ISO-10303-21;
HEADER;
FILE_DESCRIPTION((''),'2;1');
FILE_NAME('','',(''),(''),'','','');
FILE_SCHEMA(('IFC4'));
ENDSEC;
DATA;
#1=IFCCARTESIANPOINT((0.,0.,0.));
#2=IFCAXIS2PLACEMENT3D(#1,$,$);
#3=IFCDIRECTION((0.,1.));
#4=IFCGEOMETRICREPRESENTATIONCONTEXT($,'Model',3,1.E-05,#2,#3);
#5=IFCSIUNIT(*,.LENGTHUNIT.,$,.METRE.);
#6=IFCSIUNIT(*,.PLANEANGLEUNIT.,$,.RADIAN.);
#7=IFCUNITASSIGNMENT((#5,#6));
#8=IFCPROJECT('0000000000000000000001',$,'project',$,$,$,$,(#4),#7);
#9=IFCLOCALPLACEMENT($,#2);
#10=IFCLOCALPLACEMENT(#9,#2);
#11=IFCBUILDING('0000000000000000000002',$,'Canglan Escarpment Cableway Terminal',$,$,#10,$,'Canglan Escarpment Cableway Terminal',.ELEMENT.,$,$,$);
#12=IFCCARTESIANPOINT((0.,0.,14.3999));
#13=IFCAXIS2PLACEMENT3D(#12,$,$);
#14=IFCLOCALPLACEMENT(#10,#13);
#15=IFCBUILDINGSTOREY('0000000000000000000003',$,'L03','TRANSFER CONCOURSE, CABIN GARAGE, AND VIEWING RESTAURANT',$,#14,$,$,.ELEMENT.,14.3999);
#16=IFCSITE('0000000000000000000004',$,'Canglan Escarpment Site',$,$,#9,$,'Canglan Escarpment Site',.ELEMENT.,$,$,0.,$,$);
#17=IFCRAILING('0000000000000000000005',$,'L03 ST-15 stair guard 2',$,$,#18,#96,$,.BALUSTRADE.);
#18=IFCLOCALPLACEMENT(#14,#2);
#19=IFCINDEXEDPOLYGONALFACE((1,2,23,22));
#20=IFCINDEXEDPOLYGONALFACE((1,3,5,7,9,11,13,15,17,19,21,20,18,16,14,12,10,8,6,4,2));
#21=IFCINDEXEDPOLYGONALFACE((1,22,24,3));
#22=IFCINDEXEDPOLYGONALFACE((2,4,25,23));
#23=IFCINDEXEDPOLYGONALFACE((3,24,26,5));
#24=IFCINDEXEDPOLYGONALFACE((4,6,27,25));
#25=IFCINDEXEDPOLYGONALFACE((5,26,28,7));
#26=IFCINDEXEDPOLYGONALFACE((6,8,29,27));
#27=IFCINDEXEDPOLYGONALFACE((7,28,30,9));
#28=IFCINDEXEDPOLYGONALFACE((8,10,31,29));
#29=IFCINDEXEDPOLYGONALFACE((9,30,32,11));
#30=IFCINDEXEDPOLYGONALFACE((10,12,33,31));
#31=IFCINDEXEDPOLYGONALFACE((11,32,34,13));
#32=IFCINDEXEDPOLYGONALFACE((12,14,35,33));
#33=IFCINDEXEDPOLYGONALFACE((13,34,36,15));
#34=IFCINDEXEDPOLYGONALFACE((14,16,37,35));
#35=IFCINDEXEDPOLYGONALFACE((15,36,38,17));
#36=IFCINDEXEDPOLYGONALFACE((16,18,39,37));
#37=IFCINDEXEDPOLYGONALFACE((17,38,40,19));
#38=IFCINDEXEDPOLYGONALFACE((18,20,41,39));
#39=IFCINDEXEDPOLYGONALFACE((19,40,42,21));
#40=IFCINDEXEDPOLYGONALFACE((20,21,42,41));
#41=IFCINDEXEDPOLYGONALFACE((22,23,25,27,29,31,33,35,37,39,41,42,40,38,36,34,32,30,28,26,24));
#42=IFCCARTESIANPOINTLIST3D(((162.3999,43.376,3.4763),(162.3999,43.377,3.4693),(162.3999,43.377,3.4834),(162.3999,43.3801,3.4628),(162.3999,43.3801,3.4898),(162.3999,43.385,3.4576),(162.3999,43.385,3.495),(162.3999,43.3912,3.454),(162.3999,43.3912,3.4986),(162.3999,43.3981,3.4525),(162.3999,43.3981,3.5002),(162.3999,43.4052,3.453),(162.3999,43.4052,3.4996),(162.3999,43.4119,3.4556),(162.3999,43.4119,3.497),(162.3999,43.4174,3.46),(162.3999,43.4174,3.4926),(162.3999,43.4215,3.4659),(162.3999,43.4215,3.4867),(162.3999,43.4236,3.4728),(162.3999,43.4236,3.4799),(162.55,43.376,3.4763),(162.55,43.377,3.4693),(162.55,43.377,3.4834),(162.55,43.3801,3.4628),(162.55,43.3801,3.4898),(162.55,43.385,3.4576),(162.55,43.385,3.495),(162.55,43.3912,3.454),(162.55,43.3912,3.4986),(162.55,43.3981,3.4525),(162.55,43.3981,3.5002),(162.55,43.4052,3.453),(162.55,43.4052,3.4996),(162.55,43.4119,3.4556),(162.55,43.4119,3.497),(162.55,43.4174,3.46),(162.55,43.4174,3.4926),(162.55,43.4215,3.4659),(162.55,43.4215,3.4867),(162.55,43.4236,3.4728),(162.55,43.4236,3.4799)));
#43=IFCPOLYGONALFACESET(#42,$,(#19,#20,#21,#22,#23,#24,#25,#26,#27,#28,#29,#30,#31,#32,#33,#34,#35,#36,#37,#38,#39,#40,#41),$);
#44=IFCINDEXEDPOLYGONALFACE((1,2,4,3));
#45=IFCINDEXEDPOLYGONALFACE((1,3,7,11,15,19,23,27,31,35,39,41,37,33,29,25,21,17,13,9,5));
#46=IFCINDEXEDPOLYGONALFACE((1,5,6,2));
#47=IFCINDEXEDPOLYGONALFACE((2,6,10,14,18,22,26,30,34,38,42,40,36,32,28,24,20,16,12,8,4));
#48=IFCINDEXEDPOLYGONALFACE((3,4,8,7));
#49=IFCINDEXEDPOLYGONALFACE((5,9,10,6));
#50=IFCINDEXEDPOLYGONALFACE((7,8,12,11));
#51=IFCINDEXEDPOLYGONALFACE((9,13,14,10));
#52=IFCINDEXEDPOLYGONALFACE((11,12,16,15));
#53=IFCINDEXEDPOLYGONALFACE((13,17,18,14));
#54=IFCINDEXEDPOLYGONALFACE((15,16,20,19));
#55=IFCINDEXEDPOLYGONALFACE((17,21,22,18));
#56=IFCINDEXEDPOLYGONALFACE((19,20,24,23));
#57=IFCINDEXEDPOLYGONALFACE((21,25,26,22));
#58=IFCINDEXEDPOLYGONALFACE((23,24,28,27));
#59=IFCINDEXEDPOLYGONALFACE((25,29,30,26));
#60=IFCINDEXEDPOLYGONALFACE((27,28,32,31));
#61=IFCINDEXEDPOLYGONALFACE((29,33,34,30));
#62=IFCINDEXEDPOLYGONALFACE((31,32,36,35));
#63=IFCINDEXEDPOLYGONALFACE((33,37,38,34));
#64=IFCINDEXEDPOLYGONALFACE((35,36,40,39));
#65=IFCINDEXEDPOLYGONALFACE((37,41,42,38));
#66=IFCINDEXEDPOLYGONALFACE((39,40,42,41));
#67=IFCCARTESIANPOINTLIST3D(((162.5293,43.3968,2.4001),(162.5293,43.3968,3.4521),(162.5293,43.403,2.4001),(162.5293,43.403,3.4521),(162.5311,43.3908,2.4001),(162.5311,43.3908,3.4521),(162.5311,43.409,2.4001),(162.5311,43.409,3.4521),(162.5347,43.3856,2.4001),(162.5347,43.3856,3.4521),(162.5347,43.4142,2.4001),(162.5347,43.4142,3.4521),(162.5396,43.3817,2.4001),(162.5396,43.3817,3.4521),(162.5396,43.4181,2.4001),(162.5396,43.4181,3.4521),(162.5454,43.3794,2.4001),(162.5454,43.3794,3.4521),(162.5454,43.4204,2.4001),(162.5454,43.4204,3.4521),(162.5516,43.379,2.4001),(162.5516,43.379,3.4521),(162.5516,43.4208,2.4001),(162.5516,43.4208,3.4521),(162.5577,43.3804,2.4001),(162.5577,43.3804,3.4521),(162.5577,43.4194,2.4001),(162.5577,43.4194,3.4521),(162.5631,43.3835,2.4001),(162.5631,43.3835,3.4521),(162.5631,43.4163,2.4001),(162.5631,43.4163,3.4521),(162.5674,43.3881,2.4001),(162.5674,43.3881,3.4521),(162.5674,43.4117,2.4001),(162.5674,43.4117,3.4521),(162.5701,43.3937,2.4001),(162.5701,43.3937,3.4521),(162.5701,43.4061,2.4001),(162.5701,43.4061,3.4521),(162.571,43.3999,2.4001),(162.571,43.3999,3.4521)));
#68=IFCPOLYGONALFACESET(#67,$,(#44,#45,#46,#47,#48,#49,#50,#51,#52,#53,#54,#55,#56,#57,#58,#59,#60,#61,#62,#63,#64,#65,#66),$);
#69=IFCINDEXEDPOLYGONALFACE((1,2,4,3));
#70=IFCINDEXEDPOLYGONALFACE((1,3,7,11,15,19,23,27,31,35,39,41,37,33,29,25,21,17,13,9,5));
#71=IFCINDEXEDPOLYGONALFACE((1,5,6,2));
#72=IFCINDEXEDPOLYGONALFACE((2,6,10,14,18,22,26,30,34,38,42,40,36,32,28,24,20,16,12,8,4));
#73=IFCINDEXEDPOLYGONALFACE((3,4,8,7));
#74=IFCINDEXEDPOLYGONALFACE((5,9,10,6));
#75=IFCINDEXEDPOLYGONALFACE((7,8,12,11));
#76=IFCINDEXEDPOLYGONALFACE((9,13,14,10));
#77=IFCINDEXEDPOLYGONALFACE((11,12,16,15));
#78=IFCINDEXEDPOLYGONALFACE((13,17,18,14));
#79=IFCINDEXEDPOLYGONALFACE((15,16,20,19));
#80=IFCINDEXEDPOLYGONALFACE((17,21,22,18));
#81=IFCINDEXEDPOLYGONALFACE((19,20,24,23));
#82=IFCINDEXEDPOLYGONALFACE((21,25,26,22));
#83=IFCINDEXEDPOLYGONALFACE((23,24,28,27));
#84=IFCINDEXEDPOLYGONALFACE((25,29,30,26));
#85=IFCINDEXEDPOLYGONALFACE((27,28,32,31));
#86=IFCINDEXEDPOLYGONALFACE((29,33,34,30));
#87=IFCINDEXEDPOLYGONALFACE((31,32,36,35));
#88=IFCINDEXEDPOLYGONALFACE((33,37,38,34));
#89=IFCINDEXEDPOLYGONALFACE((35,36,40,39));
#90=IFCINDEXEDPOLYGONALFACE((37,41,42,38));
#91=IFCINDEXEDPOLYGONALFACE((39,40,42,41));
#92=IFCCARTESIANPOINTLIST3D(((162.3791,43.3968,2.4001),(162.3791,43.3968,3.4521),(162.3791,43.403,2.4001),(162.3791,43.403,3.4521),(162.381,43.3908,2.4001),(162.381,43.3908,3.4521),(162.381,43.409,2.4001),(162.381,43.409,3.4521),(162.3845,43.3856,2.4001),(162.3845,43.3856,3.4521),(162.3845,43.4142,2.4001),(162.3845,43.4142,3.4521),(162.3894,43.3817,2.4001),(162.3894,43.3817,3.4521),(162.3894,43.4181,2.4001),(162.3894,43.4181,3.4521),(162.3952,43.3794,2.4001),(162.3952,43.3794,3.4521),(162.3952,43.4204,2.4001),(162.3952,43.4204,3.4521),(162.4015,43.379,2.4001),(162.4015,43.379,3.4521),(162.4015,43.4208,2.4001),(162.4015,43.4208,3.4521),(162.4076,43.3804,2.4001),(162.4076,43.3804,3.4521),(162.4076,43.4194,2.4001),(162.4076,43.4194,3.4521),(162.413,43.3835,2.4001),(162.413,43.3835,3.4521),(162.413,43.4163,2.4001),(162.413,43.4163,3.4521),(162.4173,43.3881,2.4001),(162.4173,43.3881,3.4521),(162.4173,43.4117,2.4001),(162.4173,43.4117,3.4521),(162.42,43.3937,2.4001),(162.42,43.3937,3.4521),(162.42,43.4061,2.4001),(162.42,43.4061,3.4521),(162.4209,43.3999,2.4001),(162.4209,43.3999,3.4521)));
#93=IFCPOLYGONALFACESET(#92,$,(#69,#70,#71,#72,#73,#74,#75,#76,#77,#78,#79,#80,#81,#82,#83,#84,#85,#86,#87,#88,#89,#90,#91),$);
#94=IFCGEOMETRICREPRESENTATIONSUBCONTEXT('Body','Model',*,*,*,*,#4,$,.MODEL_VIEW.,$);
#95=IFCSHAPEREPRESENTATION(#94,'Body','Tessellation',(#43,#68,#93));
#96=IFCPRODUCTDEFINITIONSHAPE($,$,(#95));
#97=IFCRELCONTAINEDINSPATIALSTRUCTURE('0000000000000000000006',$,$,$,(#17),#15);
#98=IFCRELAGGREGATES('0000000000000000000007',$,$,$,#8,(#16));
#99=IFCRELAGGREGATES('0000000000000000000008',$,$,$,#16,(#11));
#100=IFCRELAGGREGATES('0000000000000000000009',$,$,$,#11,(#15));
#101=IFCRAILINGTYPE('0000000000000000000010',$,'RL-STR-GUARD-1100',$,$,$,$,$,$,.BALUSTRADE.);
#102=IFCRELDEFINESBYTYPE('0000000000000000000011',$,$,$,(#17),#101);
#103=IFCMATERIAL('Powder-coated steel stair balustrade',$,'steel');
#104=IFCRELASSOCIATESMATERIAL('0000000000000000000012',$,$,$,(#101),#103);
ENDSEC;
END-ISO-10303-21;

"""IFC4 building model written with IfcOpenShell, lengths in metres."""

from ifc_helpers import new_model, si_unit, direction, frame, origin, origin_2d, place, context, subcontext, project, spatial, circle, extrude, material, type_object, element, save


model = new_model("IFC4")

# Units and contexts
model_context = context("Model", 3, precision=1e-05, world=origin(), true_north=direction((0.0, 1.0)))
body_context = subcontext(model_context, "Body", "Model", "MODEL_VIEW")
ifc_project = project(units=[si_unit("LENGTHUNIT", "METRE"), si_unit("PLANEANGLEUNIT", "RADIAN")], contexts=[model_context])

# Site, building, storey
site_placement = place(None, origin())
site = spatial("IfcSite", under=ifc_project, at=site_placement, Name="Canglan Escarpment Site", LongName="Canglan Escarpment Site", CompositionType="ELEMENT", RefElevation=0.0)
building_placement = place(site_placement, origin())
building = spatial("IfcBuilding", under=site, at=building_placement, Name="Canglan Escarpment Cableway Terminal", LongName="Canglan Escarpment Cableway Terminal", CompositionType="ELEMENT")
storey_placement = place(building_placement, frame((0.0, 0.0, 14.3999)))
storey = spatial("IfcBuildingStorey", under=building, at=storey_placement, Name="L03", Description="TRANSFER CONCOURSE, CABIN GARAGE, AND VIEWING RESTAURANT", CompositionType="ELEMENT", Elevation=14.3999)

# Railing
ifc_material_1 = material(Name="Powder-coated steel stair balustrade", Category="steel")
railing_type_1 = type_object("IfcRailingType", Name="RL-STR-GUARD-1100", PredefinedType="BALUSTRADE", material=ifc_material_1)
railing_1_placement = place(storey_placement, frame((162.55, 43.3999, 2.4001)))
element("IfcRailing", 1, at=railing_1_placement, inside=storey, type_object=railing_type_1, Name="L03 ST-15 stair guard 2", PredefinedType="BALUSTRADE", context=body_context, shape_type="SweptSolid", body=[
    extrude(circle(Radius=0.0239, at=origin_2d()), frame((0.0, 0.0, 1.0762), z_axis=(-1.0, 0.0, 0.0), x_axis=(0.0, -1.0, 0.0)), (0.0, 0.0, 1.0), 0.1501),
    extrude(circle(Radius=0.021, at=origin_2d()), origin(), (0.0, 0.0, 1.0), 1.052),
    extrude(circle(Radius=0.021, at=origin_2d()), frame((-0.1501, 0.0, 0.0)), (0.0, 0.0, 1.0), 1.052),
])

save(model, "model.ifc")
